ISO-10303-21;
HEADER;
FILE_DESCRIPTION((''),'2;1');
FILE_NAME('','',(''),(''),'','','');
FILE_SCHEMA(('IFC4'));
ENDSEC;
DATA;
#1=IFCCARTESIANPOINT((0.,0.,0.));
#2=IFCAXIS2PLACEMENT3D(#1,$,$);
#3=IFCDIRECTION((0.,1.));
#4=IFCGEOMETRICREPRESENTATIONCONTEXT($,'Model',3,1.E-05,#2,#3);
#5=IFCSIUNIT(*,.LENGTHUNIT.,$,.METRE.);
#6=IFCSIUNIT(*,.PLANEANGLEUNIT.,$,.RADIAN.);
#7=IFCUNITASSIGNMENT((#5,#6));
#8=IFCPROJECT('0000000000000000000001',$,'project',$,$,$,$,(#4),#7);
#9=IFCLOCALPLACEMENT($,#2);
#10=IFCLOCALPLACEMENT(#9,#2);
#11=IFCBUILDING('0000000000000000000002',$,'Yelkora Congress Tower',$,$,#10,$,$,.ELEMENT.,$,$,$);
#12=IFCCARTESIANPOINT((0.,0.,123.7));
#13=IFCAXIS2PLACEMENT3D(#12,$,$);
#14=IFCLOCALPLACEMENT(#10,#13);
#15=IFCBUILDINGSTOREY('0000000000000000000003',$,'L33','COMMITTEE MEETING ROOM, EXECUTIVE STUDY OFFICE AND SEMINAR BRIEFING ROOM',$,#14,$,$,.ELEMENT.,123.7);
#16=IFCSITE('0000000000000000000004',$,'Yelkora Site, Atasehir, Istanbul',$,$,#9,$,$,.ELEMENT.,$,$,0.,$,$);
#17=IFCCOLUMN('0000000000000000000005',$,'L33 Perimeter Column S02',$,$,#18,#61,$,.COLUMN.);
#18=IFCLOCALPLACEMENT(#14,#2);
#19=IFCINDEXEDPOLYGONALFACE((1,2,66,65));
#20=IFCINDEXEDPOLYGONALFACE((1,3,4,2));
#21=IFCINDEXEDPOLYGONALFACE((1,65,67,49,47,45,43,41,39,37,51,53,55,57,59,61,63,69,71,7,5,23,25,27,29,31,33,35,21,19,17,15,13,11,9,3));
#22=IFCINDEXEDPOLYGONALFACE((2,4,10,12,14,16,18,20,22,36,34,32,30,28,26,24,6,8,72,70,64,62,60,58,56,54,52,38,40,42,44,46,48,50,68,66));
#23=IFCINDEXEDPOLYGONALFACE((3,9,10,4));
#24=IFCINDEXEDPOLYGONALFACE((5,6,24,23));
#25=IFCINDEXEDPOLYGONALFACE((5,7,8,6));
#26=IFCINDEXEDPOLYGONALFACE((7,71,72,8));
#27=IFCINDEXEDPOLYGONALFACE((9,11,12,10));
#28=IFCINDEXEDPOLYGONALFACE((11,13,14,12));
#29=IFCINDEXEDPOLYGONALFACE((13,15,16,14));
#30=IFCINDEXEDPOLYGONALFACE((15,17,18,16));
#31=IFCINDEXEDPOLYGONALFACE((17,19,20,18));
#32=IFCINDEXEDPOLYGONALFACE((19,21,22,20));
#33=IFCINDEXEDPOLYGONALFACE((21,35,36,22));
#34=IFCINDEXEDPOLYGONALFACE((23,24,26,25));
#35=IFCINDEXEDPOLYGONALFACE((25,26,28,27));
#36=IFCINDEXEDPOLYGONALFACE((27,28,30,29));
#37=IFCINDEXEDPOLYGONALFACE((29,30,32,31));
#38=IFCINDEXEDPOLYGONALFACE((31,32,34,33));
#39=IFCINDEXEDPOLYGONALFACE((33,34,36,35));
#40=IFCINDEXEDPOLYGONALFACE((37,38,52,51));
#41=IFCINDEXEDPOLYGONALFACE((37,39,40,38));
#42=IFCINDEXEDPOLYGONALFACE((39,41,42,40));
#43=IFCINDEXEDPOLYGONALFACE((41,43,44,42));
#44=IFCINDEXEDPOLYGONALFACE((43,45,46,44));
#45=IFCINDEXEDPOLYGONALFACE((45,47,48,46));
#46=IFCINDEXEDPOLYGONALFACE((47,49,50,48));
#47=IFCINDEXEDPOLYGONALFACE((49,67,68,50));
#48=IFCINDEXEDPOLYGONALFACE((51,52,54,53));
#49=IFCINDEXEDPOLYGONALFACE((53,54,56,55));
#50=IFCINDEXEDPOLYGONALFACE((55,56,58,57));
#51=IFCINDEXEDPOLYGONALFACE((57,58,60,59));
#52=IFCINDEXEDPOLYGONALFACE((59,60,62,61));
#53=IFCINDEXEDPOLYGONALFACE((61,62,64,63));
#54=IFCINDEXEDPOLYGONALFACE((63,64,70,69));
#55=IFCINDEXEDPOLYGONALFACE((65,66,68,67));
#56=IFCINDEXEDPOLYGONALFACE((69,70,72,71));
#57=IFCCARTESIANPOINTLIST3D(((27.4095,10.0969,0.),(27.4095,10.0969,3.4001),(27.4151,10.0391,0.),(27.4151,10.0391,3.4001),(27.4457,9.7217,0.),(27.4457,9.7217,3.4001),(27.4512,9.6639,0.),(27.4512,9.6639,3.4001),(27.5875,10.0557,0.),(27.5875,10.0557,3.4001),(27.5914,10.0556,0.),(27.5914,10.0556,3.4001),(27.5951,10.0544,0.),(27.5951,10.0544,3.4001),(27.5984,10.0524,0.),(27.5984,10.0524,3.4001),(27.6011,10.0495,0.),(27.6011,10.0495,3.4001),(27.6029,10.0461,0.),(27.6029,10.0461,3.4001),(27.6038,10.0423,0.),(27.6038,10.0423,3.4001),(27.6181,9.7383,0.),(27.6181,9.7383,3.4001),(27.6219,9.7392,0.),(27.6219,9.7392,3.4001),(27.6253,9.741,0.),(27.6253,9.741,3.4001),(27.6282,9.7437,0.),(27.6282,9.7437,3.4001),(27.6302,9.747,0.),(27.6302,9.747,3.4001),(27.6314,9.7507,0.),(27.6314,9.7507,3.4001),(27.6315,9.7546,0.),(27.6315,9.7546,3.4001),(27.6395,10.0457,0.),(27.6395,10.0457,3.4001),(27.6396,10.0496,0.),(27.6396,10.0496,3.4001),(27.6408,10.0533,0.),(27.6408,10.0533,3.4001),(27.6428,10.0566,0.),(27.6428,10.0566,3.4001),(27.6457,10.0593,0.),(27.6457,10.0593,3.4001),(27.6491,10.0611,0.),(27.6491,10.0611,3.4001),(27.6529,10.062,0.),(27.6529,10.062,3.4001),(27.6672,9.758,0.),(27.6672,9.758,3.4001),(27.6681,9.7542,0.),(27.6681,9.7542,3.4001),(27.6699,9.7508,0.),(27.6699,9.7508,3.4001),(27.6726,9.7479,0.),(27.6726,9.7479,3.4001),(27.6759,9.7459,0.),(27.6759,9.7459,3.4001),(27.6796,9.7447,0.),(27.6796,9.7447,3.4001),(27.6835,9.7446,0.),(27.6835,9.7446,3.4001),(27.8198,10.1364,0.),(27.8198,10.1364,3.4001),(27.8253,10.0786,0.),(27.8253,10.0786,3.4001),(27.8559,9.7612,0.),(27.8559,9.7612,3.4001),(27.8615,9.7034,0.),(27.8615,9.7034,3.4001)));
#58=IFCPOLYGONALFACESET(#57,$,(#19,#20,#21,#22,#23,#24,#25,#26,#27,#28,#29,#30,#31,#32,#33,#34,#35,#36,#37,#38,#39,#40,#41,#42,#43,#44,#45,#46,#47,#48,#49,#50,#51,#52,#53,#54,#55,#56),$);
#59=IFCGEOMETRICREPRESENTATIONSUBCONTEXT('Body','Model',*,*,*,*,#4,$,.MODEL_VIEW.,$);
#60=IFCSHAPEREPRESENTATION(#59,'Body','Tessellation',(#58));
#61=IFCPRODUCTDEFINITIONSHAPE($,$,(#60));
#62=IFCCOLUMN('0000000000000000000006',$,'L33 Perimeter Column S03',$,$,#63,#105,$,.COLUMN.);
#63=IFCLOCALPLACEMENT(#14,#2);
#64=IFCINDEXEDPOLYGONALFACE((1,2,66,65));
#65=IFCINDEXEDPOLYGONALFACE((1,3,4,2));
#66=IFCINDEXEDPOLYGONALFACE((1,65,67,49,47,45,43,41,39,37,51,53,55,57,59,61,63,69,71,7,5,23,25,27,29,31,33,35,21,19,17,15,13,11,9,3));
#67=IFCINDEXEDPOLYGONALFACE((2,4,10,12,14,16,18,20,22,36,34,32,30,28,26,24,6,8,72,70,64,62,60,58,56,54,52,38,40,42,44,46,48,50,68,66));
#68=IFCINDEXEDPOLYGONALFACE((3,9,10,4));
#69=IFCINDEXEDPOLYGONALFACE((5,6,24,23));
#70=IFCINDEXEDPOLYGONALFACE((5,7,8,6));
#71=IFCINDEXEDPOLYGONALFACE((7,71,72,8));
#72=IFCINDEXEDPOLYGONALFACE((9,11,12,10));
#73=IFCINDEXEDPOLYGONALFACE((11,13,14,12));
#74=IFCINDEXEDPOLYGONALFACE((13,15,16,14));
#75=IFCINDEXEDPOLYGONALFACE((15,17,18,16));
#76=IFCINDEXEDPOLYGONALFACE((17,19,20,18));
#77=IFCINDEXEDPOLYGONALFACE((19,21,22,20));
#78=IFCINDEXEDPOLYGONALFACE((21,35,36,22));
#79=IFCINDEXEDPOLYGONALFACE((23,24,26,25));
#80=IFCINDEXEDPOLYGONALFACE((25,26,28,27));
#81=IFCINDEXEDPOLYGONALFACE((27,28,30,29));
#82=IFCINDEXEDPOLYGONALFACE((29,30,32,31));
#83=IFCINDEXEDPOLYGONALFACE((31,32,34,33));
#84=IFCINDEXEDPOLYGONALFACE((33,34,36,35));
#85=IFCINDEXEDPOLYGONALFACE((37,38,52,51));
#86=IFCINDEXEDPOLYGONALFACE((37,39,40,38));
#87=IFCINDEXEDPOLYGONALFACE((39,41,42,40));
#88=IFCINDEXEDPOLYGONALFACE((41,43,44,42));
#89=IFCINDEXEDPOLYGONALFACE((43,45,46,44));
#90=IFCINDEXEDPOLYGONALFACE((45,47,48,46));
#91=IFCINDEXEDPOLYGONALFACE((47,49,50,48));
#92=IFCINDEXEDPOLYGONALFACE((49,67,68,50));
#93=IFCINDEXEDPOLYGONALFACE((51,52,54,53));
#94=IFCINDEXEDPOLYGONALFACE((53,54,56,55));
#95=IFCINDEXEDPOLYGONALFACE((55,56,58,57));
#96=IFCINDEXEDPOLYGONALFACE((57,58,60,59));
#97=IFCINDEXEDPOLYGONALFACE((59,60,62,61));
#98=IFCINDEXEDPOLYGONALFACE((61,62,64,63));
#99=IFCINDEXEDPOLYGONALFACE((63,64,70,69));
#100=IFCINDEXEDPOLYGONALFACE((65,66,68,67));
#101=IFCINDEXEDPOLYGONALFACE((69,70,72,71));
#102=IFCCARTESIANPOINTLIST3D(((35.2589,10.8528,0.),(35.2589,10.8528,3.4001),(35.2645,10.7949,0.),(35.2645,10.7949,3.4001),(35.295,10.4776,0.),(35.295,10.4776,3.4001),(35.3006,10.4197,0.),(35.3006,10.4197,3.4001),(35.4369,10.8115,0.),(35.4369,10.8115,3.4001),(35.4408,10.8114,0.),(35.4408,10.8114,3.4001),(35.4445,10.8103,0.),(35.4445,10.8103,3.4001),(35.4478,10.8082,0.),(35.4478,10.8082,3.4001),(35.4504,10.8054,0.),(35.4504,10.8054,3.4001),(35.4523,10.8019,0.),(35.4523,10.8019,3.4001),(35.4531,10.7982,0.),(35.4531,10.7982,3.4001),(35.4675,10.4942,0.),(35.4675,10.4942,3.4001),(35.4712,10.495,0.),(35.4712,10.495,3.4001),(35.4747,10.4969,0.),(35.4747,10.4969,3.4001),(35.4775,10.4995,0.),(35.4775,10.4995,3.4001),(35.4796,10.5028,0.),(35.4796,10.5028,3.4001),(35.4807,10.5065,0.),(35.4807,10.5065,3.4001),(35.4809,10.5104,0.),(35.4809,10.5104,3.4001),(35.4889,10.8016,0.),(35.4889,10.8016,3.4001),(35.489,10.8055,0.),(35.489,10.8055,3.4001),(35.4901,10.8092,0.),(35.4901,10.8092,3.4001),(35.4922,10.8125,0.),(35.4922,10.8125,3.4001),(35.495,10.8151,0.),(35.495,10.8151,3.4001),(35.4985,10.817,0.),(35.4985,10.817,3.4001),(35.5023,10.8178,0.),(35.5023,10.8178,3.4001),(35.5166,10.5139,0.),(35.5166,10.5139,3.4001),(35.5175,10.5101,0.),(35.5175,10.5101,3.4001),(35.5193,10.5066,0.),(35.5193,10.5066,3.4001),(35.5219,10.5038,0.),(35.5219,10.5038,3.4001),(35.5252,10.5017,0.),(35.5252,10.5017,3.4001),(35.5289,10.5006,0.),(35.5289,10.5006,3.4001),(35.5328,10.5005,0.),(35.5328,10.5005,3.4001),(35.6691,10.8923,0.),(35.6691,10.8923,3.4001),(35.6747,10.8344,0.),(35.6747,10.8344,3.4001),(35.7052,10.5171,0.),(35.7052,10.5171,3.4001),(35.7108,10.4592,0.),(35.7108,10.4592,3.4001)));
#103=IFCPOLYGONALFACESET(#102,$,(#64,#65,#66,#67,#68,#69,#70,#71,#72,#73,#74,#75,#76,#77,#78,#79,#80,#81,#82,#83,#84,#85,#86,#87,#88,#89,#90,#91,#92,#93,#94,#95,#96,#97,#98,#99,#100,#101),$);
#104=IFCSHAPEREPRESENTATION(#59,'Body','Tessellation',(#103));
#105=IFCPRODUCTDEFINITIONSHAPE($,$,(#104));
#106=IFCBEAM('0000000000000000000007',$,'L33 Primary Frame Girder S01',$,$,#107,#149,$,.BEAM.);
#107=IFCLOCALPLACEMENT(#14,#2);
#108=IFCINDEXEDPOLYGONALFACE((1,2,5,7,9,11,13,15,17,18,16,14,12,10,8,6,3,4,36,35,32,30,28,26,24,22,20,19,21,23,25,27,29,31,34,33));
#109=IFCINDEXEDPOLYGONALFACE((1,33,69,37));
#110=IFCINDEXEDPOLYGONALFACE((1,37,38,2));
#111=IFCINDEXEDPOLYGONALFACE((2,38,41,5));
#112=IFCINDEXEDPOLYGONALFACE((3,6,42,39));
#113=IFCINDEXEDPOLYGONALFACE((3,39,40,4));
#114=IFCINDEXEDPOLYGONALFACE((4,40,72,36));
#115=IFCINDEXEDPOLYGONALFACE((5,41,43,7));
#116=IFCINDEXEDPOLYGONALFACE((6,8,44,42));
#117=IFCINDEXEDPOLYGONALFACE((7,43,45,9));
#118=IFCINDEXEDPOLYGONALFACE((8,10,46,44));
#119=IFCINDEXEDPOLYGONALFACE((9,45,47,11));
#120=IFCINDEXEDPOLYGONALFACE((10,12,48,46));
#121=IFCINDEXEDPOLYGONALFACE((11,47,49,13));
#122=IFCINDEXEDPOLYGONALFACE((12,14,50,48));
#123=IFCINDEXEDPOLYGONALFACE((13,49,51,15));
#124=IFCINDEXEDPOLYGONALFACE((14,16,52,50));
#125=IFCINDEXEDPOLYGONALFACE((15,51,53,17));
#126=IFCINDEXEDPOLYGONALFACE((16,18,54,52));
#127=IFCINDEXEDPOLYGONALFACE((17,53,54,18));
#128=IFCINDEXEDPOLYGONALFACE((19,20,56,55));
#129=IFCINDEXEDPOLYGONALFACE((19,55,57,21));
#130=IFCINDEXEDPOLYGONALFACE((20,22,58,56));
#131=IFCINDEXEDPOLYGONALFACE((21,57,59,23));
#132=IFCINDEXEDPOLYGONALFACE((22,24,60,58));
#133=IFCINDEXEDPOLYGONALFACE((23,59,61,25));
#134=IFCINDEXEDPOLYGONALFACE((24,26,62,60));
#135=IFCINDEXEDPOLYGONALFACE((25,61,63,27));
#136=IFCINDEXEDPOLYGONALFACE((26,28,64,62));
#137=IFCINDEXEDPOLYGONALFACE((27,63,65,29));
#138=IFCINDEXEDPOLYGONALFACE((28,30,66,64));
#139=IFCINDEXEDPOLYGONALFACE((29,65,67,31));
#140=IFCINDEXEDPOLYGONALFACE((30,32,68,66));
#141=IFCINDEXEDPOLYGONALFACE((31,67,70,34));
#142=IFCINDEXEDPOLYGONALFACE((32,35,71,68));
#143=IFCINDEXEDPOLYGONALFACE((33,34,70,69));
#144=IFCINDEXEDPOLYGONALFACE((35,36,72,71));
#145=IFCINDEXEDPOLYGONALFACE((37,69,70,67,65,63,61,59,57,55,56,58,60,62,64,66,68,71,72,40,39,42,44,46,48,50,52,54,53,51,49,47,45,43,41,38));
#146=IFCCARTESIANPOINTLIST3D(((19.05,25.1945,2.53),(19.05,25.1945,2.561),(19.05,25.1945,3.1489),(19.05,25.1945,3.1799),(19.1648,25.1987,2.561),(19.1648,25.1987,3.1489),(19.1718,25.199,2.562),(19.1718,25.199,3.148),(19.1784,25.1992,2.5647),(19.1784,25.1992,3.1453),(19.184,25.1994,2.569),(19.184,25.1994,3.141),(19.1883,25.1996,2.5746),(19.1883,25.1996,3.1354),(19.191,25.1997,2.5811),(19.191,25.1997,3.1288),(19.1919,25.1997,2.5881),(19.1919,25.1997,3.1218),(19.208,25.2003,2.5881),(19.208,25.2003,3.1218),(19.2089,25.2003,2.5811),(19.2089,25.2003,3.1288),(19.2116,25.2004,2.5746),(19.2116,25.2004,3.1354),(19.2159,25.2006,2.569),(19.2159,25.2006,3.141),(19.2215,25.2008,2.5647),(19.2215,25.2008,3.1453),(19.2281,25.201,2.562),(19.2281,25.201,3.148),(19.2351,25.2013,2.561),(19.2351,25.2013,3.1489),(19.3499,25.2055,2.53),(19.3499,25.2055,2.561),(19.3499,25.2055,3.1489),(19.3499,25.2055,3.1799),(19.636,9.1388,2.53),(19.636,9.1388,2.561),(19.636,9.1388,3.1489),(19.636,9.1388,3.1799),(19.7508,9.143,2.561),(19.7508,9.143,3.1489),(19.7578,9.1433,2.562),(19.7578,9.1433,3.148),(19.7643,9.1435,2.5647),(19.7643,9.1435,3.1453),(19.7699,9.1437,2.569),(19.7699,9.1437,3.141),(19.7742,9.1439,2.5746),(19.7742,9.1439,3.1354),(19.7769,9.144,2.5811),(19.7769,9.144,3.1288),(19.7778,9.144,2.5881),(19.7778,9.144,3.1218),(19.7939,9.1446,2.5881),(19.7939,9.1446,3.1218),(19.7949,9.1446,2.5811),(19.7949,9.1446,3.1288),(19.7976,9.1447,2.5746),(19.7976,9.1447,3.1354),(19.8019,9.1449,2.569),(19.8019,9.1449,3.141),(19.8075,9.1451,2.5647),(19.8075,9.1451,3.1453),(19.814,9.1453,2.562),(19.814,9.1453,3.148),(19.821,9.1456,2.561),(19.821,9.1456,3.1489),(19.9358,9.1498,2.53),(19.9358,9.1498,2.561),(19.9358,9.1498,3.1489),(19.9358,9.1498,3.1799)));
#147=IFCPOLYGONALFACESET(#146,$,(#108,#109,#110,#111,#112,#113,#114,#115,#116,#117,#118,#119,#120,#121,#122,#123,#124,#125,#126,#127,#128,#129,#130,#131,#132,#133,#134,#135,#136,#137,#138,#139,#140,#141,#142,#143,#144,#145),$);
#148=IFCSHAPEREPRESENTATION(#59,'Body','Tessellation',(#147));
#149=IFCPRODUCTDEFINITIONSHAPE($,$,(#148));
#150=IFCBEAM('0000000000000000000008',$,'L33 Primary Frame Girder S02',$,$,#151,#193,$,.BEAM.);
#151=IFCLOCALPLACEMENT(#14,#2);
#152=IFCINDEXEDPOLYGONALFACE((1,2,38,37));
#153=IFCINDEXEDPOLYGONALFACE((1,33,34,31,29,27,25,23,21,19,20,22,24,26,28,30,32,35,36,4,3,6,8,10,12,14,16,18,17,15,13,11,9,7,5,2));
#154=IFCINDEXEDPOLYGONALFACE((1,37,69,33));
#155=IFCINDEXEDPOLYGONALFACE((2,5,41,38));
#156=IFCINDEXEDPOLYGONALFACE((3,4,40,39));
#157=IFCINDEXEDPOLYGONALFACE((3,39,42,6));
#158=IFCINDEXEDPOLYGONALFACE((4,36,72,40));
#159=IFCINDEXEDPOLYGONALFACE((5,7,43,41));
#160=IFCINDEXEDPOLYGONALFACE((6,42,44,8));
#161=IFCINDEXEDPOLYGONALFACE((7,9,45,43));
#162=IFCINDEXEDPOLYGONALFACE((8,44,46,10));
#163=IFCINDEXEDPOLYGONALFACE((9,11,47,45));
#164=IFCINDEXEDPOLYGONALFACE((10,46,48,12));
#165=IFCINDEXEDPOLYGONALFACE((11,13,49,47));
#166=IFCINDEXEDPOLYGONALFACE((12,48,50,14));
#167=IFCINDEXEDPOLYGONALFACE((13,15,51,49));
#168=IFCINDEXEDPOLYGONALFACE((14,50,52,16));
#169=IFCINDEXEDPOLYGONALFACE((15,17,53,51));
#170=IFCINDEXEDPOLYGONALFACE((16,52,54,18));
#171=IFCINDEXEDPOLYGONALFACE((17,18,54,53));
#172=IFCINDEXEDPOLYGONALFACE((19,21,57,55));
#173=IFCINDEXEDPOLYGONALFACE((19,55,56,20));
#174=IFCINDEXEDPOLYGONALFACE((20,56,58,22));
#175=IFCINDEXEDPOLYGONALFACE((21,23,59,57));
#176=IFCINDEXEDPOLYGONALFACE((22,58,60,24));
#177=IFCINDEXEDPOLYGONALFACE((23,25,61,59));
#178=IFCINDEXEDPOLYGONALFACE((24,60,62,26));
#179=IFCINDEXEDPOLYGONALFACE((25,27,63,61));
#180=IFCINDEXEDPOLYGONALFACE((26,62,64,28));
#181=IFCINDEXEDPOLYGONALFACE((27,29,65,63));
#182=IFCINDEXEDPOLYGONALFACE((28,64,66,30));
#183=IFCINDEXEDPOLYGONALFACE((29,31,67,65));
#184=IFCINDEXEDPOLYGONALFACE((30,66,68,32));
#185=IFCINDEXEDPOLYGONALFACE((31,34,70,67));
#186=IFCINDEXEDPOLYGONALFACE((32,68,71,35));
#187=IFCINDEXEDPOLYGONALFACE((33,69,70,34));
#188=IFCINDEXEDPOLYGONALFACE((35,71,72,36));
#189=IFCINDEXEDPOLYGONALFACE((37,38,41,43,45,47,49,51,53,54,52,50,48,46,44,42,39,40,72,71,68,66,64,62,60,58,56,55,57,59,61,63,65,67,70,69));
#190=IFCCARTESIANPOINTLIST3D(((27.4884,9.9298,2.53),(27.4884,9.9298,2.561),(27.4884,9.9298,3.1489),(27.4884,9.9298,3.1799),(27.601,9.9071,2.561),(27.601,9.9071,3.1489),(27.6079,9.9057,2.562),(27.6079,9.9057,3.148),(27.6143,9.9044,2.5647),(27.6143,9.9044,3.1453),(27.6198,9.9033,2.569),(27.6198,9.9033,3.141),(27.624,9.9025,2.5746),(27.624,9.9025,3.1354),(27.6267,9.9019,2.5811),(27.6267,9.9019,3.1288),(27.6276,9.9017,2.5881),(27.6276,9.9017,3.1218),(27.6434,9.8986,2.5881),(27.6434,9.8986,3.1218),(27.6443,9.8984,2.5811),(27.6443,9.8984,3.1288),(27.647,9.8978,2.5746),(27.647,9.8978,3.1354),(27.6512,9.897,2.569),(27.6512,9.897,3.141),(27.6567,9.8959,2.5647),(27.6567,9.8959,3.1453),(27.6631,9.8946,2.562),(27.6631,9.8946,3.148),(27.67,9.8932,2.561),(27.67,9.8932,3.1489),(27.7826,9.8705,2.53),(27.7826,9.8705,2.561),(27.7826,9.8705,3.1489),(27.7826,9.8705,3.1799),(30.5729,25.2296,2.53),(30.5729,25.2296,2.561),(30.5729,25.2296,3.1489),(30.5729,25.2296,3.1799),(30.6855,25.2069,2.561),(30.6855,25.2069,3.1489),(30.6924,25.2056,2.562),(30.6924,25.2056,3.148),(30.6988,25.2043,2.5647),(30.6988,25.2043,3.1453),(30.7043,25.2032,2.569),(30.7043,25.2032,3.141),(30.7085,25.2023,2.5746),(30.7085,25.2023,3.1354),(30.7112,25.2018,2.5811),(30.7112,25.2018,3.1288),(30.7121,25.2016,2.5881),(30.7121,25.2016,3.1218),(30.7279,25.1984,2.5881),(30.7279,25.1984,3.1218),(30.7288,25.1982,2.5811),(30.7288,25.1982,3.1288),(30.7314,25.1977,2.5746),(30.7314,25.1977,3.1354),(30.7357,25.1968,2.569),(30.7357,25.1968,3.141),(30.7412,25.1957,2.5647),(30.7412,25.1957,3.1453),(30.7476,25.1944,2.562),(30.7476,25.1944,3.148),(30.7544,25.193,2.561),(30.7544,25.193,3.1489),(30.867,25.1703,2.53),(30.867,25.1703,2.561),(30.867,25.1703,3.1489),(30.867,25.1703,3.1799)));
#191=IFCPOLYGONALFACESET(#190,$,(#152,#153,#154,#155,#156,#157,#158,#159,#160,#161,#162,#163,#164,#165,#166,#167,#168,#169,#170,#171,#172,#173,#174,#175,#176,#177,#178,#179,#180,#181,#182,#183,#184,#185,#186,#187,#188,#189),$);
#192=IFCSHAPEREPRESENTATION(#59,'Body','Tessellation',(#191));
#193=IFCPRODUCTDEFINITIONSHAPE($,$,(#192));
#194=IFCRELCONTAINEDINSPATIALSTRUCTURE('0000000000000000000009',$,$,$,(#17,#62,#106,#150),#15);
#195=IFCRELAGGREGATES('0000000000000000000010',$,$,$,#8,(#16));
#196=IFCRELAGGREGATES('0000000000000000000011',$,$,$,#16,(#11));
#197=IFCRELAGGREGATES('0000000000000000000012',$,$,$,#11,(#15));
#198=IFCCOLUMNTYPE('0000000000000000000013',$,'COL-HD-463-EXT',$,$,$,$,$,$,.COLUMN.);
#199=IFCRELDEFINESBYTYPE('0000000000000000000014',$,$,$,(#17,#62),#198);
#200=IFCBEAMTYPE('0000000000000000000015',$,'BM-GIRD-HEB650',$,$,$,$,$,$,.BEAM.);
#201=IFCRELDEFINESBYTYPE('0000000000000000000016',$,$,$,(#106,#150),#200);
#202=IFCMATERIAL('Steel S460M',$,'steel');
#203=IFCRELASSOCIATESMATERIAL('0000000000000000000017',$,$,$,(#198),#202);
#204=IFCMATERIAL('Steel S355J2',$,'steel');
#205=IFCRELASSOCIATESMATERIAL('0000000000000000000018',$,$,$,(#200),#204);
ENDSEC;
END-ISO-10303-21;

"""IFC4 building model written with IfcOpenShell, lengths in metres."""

from ifc_helpers import new_model, si_unit, direction, frame, origin, origin_2d, place, context, subcontext, project, spatial, i_section, extrude, material, material_profile, profile_set, type_object, element, save


model = new_model("IFC4")

# Units and contexts
model_context = context("Model", 3, precision=1e-05, world=origin(), true_north=direction((0.0, 1.0)))
body_context = subcontext(model_context, "Body", "Model", "MODEL_VIEW")
ifc_project = project(units=[si_unit("LENGTHUNIT", "METRE"), si_unit("PLANEANGLEUNIT", "RADIAN")], contexts=[model_context])

# Site, building, storey
site_placement = place(None, origin())
site = spatial("IfcSite", under=ifc_project, at=site_placement, Name="Yelkora Site, Atasehir, Istanbul", CompositionType="ELEMENT", RefElevation=0.0)
building_placement = place(site_placement, origin())
building = spatial("IfcBuilding", under=site, at=building_placement, Name="Yelkora Congress Tower", CompositionType="ELEMENT")
storey_placement = place(building_placement, frame((0.0, 0.0, 123.7)))
storey = spatial("IfcBuildingStorey", under=building, at=storey_placement, Name="L33", Description="COMMITTEE MEETING ROOM, EXECUTIVE STUDY OFFICE AND SEMINAR BRIEFING ROOM", CompositionType="ELEMENT", Elevation=123.7)

# Columns
ifc_material_1 = material(Name="Steel S460M", Category="steel")
ifc_material_profile_1 = material_profile(ifc_material_1, i_section(OverallWidth=0.4121, OverallDepth=0.4351, WebThickness=0.0359, FlangeThickness=0.0581, FilletRadius=0.0149, at=origin_2d()), Name="HD 400x463")
ifc_profile_set_1 = profile_set([ifc_material_profile_1], Name="Steel S460M")
column_type = type_object("IfcColumnType", Name="COL-HD-463-EXT", PredefinedType="COLUMN", material=ifc_profile_set_1)
for number, where, z_axis, x_axis, name in (
    (1, (27.6355, 9.9001, 0.0), (0.0, 0.0, 1.0), (0.995396, 0.095846, 0.0), "L33 Perimeter Column S02"),
    (2, (35.4849, 10.656, 0.0), (0.0, 0.0, 1.0), (0.995396, 0.095846, 0.0), "L33 Perimeter Column S03"),
):
    element("IfcColumn", number, at=place(storey_placement, frame(where, z_axis=z_axis, x_axis=x_axis)), inside=storey, type_object=column_type, Name=name, PredefinedType="COLUMN", context=body_context, shape_type="SweptSolid", body=[
        extrude(i_section(OverallWidth=0.4121, OverallDepth=0.4351, WebThickness=0.0359, FlangeThickness=0.0581, FilletRadius=0.0149, at=origin_2d()), origin(), (0.0, 0.0, 1.0), 3.4001),
    ])

# Beams
ifc_material_2 = material(Name="Steel S355J2", Category="steel")
ifc_material_profile_2 = material_profile(ifc_material_2, i_section(OverallWidth=0.3, OverallDepth=0.6499, WebThickness=0.0161, FlangeThickness=0.031, FilletRadius=0.0271, at=origin_2d()), Name="HEB 650")
ifc_profile_set_2 = profile_set([ifc_material_profile_2], Name="Steel S355J2")
beam_type_1 = type_object("IfcBeamType", Name="BM-GIRD-HEB650", PredefinedType="BEAM", material=ifc_profile_set_2)
beam_1_placement = place(storey_placement, frame((19.7859, 9.1443, 2.855), z_axis=(-0.03647, 0.999335, 0.0), x_axis=(-0.999335, -0.03647, 0.0)))
element("IfcBeam", 3, at=beam_1_placement, inside=storey, type_object=beam_type_1, Name="L33 Primary Frame Girder S01", PredefinedType="BEAM", context=body_context, shape_type="SweptSolid", body=[
    extrude(i_section(OverallWidth=0.3, OverallDepth=0.6499, WebThickness=0.0161, FlangeThickness=0.031, FilletRadius=0.0271, at=origin_2d()), origin(), (0.0, 0.0, 1.0), 16.0664),
])
beam_2_placement = place(storey_placement, frame((27.6355, 9.9001, 2.855), z_axis=(0.197626, 0.980277, 0.0), x_axis=(-0.980277, 0.197626, 0.0)))
element("IfcBeam", 4, at=beam_2_placement, inside=storey, type_object=beam_type_1, Name="L33 Primary Frame Girder S02", PredefinedType="BEAM", context=body_context, shape_type="SweptSolid", body=[
    extrude(i_section(OverallWidth=0.3, OverallDepth=0.6499, WebThickness=0.0161, FlangeThickness=0.031, FilletRadius=0.0271, at=origin_2d()), origin(), (0.0, 0.0, 1.0), 15.6077),
])

save(model, "model.ifc")
